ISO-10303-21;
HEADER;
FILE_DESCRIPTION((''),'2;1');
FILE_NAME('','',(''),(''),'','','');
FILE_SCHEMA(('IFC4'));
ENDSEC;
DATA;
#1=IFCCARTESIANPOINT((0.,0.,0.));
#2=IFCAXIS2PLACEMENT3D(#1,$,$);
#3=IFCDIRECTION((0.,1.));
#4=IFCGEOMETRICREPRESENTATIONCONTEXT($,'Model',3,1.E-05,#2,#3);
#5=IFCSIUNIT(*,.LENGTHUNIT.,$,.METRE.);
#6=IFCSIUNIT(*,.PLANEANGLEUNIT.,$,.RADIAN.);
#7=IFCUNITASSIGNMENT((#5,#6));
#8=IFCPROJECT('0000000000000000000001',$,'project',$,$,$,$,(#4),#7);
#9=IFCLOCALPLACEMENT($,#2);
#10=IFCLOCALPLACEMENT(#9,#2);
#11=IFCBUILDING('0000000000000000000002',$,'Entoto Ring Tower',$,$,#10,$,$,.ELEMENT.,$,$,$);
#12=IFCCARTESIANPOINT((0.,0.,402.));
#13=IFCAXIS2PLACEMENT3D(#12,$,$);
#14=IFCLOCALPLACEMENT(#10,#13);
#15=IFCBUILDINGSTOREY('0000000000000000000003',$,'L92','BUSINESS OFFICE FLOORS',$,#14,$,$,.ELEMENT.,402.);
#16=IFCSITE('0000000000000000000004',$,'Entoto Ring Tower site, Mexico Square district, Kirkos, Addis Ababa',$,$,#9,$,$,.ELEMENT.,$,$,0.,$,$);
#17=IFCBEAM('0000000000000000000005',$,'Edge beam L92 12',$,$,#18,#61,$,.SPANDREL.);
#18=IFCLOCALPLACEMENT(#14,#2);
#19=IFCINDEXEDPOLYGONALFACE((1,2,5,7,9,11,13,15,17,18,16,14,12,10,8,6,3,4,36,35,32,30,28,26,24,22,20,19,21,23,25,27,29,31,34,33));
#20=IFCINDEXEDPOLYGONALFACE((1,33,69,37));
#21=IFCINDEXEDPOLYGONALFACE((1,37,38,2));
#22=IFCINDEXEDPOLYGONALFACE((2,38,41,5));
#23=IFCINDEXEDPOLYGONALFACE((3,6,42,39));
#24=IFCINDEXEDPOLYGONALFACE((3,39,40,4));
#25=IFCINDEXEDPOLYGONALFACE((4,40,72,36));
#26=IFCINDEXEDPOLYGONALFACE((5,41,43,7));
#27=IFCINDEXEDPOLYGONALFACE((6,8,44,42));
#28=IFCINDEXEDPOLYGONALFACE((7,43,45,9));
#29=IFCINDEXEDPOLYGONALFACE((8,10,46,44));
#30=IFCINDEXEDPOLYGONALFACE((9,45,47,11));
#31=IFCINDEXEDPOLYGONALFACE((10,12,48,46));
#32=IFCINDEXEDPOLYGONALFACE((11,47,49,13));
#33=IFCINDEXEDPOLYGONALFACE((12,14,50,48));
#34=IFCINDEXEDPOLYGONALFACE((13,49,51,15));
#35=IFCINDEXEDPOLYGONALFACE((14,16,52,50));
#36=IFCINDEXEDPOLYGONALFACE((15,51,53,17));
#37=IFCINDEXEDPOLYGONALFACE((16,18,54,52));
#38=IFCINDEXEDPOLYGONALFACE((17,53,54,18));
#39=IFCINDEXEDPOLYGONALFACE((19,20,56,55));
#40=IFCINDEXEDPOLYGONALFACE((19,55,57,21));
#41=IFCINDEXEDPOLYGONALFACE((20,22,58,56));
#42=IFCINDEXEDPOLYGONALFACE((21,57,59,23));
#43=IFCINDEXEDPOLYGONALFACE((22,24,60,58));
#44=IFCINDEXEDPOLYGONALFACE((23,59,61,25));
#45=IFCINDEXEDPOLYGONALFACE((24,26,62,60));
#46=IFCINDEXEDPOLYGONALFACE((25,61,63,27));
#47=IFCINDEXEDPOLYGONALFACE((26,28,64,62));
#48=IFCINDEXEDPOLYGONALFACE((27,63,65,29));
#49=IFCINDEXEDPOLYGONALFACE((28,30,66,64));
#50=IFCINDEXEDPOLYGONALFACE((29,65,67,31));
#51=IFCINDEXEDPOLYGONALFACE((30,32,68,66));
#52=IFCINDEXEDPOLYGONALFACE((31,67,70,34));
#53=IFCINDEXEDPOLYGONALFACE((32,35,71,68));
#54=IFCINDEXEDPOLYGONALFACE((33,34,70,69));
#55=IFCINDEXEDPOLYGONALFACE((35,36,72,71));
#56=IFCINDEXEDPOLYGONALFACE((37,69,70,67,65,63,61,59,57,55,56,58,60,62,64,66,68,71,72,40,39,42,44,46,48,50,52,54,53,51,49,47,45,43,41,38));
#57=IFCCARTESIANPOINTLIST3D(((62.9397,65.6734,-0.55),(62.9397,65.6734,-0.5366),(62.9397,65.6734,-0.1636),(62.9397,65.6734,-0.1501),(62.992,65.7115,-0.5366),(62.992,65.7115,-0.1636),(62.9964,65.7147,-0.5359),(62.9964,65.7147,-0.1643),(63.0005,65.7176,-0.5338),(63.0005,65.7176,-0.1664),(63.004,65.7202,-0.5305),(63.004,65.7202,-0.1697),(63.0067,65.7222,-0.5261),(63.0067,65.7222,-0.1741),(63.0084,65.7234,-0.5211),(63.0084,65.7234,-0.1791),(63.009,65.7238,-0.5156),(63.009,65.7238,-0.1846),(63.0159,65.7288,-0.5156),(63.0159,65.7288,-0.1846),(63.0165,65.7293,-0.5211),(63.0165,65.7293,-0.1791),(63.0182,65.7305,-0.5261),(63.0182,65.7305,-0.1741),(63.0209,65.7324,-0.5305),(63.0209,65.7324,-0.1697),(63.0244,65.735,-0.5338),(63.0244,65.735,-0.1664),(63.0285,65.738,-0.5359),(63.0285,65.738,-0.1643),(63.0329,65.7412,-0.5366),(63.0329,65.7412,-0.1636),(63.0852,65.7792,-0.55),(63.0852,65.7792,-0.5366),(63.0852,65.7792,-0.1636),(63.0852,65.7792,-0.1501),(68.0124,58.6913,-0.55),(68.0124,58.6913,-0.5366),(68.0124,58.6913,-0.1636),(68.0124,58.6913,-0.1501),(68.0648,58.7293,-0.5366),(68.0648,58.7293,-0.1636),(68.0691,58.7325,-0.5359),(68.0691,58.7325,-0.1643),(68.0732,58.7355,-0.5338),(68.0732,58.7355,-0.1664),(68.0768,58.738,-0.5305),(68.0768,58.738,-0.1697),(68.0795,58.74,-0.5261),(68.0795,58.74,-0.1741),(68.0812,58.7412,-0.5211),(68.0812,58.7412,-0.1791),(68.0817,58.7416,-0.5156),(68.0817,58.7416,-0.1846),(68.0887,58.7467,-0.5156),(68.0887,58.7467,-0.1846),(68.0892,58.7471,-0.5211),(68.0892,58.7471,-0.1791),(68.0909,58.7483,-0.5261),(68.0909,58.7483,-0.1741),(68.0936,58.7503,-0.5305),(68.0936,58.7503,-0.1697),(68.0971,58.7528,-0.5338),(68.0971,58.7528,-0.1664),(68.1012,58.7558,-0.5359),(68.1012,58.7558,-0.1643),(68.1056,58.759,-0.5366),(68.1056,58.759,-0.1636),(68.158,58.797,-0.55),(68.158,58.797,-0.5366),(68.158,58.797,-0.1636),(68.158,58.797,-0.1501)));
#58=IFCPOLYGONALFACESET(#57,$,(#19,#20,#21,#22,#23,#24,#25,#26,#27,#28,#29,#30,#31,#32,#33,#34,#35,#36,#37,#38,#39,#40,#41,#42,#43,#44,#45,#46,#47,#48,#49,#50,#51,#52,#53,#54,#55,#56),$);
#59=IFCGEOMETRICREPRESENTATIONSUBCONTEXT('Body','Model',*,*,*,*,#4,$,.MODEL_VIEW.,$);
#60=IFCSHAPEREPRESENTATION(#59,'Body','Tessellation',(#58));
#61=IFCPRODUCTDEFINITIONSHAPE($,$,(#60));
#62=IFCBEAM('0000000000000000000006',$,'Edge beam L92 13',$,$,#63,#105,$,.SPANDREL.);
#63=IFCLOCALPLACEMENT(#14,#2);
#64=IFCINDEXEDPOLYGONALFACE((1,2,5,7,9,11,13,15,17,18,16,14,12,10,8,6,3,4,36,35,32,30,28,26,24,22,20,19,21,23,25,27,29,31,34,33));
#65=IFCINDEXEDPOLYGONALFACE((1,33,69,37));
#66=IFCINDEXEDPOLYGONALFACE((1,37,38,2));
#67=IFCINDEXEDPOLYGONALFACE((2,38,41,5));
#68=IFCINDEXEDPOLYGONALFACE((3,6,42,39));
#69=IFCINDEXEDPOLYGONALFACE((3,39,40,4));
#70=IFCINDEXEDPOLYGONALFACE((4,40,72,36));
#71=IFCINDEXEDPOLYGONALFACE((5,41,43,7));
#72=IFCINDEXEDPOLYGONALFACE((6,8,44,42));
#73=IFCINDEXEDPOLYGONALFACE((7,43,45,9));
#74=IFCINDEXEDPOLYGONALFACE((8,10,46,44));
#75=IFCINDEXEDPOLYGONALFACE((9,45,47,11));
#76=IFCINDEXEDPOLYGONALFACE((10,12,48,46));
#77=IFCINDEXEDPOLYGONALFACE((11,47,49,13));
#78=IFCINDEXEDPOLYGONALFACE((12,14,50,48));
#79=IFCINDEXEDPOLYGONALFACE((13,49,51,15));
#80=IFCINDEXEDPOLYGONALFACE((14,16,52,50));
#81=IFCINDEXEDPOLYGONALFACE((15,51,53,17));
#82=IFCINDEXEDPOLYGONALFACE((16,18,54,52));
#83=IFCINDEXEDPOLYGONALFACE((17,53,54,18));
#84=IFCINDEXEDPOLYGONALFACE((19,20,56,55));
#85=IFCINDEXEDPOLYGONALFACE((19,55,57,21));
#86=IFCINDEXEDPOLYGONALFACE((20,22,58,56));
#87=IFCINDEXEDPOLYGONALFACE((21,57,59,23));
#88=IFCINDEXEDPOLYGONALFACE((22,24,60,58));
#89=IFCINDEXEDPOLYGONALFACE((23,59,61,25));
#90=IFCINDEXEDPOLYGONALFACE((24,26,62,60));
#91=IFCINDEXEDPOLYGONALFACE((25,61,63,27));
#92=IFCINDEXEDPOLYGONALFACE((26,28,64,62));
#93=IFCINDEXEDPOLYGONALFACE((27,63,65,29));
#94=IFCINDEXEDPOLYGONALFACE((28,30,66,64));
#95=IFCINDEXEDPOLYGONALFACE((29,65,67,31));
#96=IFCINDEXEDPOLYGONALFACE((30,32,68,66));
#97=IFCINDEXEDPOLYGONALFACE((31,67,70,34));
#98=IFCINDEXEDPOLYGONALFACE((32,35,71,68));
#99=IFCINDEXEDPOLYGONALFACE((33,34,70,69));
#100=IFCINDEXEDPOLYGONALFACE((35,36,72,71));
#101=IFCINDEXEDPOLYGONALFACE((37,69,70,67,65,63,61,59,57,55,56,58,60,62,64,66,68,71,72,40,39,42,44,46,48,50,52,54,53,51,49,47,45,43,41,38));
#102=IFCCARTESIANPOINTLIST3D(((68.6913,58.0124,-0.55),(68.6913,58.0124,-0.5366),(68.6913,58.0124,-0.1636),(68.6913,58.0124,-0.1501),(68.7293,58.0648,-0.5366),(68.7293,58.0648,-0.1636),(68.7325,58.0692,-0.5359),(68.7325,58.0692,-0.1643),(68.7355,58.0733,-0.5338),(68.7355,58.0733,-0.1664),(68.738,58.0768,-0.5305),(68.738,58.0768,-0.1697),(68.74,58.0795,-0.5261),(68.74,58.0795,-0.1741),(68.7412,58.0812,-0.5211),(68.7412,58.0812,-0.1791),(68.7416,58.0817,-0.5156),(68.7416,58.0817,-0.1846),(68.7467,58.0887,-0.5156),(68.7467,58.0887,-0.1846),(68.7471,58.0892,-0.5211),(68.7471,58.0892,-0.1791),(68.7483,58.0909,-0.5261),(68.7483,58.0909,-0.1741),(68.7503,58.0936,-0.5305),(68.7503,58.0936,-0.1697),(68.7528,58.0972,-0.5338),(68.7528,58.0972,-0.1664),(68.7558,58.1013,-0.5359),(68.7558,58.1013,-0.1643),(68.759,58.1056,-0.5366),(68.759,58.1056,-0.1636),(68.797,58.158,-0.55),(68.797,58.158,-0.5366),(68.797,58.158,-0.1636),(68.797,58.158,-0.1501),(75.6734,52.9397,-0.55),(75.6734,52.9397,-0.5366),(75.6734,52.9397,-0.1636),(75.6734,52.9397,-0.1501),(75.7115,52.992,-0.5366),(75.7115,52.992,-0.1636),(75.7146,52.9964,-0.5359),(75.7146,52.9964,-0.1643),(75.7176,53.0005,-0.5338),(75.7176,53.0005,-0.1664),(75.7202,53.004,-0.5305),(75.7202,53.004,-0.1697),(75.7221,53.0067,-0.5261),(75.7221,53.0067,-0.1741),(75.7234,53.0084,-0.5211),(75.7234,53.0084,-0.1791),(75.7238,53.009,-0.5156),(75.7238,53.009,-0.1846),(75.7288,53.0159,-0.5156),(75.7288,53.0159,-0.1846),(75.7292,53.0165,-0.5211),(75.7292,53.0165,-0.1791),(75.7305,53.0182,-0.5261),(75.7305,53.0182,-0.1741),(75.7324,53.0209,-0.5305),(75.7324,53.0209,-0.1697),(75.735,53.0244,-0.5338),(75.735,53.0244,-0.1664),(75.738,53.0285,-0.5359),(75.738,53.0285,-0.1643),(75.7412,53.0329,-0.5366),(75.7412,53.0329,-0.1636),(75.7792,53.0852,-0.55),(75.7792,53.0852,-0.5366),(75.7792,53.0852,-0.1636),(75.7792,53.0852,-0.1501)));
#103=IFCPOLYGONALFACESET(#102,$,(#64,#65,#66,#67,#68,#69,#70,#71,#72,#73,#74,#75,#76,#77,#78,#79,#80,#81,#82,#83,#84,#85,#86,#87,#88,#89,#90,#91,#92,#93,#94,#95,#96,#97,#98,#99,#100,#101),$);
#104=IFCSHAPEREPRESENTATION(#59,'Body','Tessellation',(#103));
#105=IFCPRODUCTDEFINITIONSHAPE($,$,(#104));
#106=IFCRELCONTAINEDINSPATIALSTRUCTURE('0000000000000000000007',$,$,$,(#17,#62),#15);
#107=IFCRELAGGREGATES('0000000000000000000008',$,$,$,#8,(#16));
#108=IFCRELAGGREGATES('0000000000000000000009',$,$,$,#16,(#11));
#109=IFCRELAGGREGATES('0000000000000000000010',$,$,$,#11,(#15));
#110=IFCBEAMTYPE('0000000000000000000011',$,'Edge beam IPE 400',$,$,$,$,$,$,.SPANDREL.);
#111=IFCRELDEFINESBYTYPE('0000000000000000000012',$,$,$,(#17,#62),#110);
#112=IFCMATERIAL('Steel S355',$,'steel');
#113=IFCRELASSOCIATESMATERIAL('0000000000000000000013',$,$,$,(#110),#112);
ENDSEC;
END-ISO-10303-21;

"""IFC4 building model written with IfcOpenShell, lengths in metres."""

from ifc_helpers import new_model, si_unit, direction, frame, origin, origin_2d, place, context, subcontext, project, spatial, i_section, extrude, material, material_profile, profile_set, type_object, element, save


model = new_model("IFC4")

# Units and contexts
model_context = context("Model", 3, precision=1e-05, world=origin(), true_north=direction((0.0, 1.0)))
body_context = subcontext(model_context, "Body", "Model", "MODEL_VIEW")
ifc_project = project(units=[si_unit("LENGTHUNIT", "METRE"), si_unit("PLANEANGLEUNIT", "RADIAN")], contexts=[model_context])

# Site, building, storey
site_placement = place(None, origin())
site = spatial("IfcSite", under=ifc_project, at=site_placement, Name="Entoto Ring Tower site, Mexico Square district, Kirkos, Addis Ababa", CompositionType="ELEMENT", RefElevation=0.0)
building_placement = place(site_placement, origin())
building = spatial("IfcBuilding", under=site, at=building_placement, Name="Entoto Ring Tower", CompositionType="ELEMENT")
storey_placement = place(building_placement, frame((0.0, 0.0, 402.0)))
storey = spatial("IfcBuildingStorey", under=building, at=storey_placement, Name="L92", Description="BUSINESS OFFICE FLOORS", CompositionType="ELEMENT", Elevation=402.0)

# Beams
ifc_material_1 = material(Name="Steel S355", Category="steel")
ifc_material_profile_1 = material_profile(ifc_material_1, i_section(OverallWidth=0.1799, OverallDepth=0.3999, WebThickness=0.0085, FlangeThickness=0.0134, FilletRadius=0.021, at=origin_2d()), Name="IPE 400")
ifc_profile_set_1 = profile_set([ifc_material_profile_1], Name="Steel S355")
beam_type = type_object("IfcBeamType", Name="Edge beam IPE 400", PredefinedType="SPANDREL", material=ifc_profile_set_1)
for number, where, z_axis, x_axis, name in (
    (1, (63.0125, 65.7263, -0.3501), (0.587778, -0.809022, 0.0), (0.809022, 0.587778, 0.0), "Edge beam L92 12"),
    (2, (68.7441, 58.0852, -0.3501), (0.809022, -0.587778, 0.0), (0.587778, 0.809022, 0.0), "Edge beam L92 13"),
):
    element("IfcBeam", number, at=place(storey_placement, frame(where, z_axis=z_axis, x_axis=x_axis)), inside=storey, type_object=beam_type, Name=name, PredefinedType="SPANDREL", context=body_context, shape_type="SweptSolid", body=[
        extrude(i_section(OverallWidth=0.1799, OverallDepth=0.3999, WebThickness=0.0085, FlangeThickness=0.0134, FilletRadius=0.021, at=origin_2d()), origin(), (0.0, 0.0, 1.0), 8.6304),
    ])

save(model, "model.ifc")
